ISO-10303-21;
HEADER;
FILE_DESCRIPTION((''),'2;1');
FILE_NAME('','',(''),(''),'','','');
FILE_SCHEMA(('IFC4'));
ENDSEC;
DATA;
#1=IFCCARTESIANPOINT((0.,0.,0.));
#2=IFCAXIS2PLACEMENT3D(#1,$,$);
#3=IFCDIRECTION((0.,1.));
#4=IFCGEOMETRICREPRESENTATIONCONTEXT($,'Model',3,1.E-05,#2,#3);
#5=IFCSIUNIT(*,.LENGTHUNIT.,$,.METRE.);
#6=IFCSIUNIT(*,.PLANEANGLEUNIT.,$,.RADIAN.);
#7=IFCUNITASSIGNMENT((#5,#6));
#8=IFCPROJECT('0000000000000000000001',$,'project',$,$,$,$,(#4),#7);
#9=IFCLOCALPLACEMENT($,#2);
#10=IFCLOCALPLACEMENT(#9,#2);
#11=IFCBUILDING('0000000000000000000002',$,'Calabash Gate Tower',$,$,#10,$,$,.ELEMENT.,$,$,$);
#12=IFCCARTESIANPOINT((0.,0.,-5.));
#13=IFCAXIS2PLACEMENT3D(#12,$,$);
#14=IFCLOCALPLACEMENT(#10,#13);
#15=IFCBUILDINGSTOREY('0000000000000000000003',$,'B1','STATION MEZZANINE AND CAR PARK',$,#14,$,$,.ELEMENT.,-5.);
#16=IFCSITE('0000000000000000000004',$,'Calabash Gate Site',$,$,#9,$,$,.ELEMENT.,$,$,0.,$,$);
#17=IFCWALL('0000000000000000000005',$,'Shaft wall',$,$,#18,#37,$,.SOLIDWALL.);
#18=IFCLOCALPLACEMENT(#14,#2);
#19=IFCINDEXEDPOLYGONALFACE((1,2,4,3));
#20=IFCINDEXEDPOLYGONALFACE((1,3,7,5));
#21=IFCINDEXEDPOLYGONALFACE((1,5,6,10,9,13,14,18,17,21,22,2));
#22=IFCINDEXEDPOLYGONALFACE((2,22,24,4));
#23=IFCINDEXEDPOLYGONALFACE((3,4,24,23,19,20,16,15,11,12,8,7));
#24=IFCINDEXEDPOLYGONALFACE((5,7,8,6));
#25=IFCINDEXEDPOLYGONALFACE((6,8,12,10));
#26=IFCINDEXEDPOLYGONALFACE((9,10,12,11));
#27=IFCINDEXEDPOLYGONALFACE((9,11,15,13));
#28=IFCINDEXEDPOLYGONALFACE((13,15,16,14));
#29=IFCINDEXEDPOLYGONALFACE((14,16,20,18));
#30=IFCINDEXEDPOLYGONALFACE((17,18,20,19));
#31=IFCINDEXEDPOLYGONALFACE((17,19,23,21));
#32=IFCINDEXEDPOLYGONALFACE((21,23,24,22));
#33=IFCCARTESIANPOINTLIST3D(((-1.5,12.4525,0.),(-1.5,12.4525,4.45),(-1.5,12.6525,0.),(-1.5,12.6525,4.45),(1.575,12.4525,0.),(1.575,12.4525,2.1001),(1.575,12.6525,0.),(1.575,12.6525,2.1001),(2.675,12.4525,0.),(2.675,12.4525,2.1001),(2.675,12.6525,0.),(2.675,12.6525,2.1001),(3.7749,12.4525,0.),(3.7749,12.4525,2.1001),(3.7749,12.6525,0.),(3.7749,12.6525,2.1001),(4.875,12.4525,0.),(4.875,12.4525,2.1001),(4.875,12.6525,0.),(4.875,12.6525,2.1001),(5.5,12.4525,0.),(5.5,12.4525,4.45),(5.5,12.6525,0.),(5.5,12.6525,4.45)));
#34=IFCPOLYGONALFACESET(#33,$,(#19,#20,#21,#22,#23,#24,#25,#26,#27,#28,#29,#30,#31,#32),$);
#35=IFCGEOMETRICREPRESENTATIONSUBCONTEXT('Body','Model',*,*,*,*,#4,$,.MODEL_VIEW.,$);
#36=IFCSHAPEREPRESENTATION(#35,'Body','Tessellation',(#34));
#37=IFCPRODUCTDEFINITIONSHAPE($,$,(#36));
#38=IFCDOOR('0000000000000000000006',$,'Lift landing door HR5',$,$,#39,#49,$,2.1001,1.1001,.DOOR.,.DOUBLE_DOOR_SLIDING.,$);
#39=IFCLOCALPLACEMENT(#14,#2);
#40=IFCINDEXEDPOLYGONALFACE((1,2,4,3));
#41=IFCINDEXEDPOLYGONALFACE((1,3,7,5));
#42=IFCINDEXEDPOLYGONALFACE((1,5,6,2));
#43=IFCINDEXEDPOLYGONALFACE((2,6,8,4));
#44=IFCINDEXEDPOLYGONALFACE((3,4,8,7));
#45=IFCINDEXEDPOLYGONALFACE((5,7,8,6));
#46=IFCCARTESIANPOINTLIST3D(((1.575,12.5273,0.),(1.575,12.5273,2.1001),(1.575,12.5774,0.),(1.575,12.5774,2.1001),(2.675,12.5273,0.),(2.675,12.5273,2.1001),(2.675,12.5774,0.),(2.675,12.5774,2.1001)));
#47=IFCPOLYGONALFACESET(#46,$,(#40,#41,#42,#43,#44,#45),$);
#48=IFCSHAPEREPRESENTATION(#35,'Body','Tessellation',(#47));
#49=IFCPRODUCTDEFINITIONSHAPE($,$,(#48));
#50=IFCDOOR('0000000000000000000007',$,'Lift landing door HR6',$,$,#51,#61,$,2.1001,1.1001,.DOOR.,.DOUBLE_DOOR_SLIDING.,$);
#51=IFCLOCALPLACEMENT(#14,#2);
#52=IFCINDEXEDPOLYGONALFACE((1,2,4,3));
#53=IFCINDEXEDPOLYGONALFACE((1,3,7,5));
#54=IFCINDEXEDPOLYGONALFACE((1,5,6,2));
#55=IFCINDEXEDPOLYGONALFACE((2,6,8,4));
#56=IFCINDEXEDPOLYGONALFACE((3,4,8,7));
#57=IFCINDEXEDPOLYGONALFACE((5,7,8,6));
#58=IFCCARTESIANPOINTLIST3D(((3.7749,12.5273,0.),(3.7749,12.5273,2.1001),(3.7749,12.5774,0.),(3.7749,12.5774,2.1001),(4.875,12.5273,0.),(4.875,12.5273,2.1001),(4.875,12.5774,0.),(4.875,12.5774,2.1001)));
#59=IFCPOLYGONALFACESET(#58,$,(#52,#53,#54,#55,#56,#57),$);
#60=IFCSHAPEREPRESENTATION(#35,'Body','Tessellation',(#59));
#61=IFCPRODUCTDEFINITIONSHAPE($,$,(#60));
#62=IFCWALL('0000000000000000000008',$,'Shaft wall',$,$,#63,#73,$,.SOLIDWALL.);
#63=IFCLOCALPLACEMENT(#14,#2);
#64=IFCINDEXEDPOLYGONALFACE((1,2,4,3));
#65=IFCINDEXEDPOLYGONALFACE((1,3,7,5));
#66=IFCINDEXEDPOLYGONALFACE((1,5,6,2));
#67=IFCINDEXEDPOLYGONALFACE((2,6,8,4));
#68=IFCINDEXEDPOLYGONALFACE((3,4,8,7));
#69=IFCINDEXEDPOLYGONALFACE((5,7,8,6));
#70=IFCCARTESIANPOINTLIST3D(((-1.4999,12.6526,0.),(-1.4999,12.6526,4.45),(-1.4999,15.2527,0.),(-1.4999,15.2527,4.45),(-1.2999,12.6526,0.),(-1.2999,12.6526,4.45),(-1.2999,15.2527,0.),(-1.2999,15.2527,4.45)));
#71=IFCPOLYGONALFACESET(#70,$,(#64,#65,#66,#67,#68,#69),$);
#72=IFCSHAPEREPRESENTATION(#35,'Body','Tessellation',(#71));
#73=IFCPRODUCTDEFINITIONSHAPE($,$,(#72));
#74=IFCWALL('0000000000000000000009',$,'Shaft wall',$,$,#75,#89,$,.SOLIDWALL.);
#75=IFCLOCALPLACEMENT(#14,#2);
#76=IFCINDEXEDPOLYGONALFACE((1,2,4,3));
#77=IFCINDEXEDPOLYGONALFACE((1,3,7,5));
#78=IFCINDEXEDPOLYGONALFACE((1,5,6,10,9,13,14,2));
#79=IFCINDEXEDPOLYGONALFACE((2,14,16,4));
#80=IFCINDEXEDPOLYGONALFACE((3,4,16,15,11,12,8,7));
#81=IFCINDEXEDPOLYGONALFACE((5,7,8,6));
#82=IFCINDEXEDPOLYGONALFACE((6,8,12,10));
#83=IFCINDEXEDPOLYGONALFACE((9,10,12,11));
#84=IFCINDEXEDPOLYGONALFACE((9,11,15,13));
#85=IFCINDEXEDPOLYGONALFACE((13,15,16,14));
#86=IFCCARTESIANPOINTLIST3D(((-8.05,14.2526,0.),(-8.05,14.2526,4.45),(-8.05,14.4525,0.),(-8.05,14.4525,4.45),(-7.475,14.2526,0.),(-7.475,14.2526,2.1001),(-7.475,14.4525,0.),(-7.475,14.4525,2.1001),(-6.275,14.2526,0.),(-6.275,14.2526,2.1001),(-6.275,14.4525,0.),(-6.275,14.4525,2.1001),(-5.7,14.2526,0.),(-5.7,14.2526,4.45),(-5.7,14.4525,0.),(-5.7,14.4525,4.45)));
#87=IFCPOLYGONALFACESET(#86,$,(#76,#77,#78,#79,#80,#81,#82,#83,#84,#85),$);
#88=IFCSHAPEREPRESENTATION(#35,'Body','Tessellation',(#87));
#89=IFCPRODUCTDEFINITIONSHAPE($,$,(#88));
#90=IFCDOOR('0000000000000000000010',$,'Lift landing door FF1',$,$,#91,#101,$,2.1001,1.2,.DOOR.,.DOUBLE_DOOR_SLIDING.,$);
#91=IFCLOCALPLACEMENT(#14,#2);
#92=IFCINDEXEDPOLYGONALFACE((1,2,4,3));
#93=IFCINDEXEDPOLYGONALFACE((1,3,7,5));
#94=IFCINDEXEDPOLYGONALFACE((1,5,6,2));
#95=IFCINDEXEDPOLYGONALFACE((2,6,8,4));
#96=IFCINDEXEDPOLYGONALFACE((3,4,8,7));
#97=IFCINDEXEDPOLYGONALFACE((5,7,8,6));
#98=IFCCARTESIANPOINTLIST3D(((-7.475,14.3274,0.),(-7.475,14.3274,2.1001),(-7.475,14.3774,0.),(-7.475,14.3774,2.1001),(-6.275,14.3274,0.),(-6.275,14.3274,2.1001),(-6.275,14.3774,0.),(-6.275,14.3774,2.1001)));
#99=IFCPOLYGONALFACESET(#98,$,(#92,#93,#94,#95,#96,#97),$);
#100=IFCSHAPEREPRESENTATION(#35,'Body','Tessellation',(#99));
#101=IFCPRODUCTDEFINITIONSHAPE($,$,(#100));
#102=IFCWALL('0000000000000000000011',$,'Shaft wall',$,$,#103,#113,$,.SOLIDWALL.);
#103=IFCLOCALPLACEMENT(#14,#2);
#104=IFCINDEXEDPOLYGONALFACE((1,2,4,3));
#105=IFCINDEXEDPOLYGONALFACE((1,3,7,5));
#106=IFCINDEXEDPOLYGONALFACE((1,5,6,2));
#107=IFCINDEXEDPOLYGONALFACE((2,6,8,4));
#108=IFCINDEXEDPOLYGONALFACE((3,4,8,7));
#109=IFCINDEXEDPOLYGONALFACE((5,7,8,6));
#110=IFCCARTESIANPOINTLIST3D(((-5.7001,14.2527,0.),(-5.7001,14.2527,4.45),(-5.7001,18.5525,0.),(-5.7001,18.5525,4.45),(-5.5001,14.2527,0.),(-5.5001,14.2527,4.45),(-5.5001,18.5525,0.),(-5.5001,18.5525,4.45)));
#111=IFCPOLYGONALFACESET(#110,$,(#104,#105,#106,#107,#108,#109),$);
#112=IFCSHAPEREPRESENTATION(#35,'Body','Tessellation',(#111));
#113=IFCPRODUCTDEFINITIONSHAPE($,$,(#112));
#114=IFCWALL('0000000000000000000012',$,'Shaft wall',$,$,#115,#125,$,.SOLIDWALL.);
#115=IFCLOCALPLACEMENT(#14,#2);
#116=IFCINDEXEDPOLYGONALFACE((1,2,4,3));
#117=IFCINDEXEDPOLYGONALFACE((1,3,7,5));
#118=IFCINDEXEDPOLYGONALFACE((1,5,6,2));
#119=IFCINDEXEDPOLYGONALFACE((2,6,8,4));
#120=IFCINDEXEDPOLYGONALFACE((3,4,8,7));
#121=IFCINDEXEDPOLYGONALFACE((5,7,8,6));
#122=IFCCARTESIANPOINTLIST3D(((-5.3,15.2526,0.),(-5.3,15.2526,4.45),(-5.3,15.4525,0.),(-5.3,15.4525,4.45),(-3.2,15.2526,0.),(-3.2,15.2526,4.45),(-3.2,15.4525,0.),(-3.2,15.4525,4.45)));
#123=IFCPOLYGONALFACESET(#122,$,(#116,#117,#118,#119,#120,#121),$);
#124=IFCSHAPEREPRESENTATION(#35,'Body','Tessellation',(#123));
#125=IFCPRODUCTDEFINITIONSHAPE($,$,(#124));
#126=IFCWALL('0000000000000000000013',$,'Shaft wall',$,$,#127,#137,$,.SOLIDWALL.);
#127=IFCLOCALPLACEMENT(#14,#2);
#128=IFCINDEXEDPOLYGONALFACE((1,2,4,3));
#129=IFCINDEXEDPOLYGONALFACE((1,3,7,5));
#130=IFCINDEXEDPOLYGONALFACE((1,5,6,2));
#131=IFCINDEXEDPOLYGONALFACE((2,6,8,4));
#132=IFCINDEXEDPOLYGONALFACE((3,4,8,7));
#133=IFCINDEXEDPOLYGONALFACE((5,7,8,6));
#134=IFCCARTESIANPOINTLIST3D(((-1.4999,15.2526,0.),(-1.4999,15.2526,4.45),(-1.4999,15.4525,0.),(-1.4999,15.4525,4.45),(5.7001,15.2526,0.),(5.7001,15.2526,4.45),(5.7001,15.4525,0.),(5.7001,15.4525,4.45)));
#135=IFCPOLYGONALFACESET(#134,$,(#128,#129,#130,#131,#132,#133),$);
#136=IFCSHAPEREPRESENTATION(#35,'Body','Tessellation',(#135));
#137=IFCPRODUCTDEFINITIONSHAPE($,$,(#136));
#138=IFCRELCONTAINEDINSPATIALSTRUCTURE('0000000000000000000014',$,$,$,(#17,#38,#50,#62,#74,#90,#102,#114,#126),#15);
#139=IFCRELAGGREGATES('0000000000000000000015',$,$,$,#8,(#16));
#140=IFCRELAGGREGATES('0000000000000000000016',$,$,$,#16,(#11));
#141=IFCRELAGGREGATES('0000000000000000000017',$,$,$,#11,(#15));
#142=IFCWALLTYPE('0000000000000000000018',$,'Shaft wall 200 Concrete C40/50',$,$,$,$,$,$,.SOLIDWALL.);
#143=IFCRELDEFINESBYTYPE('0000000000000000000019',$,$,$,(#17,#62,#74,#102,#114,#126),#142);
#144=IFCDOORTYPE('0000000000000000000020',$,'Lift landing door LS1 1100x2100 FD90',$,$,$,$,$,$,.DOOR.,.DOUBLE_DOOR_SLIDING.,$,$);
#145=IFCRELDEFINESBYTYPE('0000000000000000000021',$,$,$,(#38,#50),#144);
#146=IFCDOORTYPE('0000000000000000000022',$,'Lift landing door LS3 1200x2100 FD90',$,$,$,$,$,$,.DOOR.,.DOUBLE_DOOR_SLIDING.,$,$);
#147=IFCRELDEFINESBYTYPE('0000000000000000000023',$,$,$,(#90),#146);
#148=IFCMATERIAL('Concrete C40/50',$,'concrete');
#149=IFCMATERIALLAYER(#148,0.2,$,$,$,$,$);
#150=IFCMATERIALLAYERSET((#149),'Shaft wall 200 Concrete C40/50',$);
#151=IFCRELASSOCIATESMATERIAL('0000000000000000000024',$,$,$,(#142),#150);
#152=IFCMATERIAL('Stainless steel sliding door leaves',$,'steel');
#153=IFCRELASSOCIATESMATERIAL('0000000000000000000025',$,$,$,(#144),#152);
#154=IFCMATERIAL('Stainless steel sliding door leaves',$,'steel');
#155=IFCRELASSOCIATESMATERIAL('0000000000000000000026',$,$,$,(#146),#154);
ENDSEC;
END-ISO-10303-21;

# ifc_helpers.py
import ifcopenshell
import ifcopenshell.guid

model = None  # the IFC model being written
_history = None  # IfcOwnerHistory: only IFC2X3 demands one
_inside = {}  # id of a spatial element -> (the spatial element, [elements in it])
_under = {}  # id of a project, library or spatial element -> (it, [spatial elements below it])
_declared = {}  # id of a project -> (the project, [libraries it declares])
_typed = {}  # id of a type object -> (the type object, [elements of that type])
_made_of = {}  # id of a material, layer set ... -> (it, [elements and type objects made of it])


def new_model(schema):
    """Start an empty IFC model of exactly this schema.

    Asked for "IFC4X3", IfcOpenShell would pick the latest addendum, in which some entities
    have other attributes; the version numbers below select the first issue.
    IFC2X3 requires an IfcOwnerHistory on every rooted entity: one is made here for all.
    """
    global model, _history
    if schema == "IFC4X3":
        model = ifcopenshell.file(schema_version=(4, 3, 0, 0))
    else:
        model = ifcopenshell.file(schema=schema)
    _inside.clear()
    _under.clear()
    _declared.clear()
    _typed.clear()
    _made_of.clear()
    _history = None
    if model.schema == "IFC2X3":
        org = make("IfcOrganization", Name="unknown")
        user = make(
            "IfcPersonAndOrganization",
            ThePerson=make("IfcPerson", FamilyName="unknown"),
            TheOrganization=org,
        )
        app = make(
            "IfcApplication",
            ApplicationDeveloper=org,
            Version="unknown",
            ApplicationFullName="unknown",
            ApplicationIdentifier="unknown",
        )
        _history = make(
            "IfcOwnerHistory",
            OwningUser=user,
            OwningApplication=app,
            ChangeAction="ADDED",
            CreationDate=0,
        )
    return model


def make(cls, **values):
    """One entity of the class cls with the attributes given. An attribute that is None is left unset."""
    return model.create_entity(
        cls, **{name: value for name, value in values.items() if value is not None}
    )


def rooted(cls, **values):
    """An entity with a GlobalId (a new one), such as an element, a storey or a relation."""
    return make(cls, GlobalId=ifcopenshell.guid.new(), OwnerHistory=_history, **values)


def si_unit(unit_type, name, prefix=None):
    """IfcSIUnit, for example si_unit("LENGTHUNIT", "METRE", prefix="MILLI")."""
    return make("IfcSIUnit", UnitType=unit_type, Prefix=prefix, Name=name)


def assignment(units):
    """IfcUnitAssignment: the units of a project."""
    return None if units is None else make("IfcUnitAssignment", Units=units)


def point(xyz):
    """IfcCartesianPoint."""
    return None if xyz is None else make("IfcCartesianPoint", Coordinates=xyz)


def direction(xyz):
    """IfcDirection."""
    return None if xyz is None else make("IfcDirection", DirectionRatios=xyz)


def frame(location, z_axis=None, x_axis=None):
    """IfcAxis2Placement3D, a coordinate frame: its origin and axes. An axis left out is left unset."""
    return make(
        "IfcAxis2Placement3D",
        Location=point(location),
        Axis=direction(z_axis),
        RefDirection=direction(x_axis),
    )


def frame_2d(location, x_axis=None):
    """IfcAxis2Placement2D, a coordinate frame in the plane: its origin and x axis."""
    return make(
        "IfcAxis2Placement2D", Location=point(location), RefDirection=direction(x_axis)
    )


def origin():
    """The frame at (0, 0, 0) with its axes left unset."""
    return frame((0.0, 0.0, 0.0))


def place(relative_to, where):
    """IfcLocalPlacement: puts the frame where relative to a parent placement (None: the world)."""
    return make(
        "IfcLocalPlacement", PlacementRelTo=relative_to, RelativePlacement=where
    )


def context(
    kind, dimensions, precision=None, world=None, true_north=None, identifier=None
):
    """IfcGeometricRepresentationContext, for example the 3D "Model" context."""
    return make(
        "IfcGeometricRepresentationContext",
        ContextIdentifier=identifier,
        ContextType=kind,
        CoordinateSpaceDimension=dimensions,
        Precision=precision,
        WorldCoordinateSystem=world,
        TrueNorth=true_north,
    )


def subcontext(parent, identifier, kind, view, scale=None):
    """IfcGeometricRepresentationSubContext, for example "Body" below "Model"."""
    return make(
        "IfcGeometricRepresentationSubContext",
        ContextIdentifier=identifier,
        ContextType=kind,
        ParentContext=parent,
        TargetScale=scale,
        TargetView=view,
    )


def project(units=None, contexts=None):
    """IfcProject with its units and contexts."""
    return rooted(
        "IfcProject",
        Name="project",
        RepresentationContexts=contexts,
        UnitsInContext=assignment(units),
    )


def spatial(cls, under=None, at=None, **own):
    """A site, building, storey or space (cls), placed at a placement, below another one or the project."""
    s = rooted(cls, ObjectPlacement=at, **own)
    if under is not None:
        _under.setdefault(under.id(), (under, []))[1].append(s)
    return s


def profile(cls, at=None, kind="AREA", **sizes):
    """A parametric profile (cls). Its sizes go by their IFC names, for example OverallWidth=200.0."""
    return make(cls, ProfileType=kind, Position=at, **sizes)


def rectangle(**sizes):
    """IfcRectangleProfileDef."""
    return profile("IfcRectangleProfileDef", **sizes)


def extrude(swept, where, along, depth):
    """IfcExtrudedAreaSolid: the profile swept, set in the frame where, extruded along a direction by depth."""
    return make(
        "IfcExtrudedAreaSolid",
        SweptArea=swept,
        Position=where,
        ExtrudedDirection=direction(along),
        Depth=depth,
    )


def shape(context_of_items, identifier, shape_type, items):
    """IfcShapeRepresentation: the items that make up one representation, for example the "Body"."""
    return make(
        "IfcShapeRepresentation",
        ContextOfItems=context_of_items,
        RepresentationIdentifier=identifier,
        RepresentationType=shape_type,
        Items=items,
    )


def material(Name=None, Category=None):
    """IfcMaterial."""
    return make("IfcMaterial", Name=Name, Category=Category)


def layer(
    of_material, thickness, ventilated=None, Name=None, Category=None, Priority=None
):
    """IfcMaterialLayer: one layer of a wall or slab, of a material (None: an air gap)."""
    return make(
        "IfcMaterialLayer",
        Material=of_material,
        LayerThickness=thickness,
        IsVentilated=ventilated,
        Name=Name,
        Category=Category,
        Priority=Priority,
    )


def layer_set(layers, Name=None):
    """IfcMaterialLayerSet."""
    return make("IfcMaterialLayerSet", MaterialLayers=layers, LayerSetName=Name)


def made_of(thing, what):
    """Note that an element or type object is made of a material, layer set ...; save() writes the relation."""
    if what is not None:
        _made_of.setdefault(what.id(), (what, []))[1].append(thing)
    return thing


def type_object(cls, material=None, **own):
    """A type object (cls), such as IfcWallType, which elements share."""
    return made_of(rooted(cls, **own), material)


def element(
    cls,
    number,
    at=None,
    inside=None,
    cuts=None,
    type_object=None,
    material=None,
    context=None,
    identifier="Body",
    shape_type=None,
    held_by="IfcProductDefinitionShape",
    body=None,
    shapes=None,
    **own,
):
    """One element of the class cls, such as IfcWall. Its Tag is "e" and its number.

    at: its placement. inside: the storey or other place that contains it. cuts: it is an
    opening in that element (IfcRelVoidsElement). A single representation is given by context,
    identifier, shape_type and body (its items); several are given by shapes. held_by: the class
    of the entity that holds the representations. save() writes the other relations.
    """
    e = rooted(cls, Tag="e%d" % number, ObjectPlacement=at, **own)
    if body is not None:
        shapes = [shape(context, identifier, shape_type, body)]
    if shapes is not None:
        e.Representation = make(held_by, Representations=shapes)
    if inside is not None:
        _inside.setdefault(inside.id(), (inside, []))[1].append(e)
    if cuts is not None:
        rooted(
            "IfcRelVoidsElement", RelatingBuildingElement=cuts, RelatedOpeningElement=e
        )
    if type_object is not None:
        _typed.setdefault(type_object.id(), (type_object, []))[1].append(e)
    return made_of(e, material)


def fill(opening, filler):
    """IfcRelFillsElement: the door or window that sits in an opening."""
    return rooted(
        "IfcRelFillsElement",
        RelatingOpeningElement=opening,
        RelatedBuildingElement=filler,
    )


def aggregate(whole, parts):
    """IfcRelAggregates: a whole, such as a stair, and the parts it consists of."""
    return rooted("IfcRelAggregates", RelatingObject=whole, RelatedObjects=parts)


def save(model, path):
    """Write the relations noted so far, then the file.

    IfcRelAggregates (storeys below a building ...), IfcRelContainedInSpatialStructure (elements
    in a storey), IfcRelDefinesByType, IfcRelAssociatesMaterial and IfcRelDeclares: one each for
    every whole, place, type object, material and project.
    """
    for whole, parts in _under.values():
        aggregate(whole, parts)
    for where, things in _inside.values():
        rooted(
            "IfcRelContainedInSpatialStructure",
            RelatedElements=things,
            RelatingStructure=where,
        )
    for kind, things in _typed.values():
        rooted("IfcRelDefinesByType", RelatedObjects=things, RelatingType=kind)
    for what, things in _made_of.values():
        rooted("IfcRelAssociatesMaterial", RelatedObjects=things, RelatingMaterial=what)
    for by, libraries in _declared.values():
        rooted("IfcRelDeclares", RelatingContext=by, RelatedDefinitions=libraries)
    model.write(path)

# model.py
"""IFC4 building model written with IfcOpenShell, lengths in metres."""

from ifc_helpers import new_model, si_unit, direction, frame, frame_2d, origin, place, context, subcontext, project, spatial, rectangle, extrude, material, layer, layer_set, type_object, element, fill, save


model = new_model("IFC4")

# Units and contexts
model_context = context("Model", 3, precision=1e-05, world=origin(), true_north=direction((0.0, 1.0)))
body_context = subcontext(model_context, "Body", "Model", "MODEL_VIEW")
ifc_project = project(units=[si_unit("LENGTHUNIT", "METRE"), si_unit("PLANEANGLEUNIT", "RADIAN")], contexts=[model_context])

# Site, building, storey
site_placement = place(None, origin())
site = spatial("IfcSite", under=ifc_project, at=site_placement, Name="Calabash Gate Site", CompositionType="ELEMENT", RefElevation=0.0)
building_placement = place(site_placement, origin())
building = spatial("IfcBuilding", under=site, at=building_placement, Name="Calabash Gate Tower", CompositionType="ELEMENT")
storey_placement = place(building_placement, frame((0.0, 0.0, -5.0)))
storey = spatial("IfcBuildingStorey", under=building, at=storey_placement, Name="B1", Description="STATION MEZZANINE AND CAR PARK", CompositionType="ELEMENT", Elevation=-5.0)

# Wall, openings, doors
ifc_material_1 = material(Name="Concrete C40/50", Category="concrete")
ifc_layer_1 = layer(ifc_material_1, 0.2)
ifc_layer_set_1 = layer_set([ifc_layer_1], Name="Shaft wall 200 Concrete C40/50")
wall_type_1 = type_object("IfcWallType", Name="Shaft wall 200 Concrete C40/50", PredefinedType="SOLIDWALL", material=ifc_layer_set_1)
wall_1_placement = place(storey_placement, frame((-1.5, 12.5525, 0.0), z_axis=(0.0, 0.0, 1.0), x_axis=(1.0, 0.0, 0.0)))
wall_1 = element("IfcWall", 1, at=wall_1_placement, inside=storey, type_object=wall_type_1, Name="Shaft wall", PredefinedType="SOLIDWALL", context=body_context, shape_type="SweptSolid", body=[
    extrude(rectangle(XDim=7.0, YDim=0.2, at=frame_2d((3.5, 0.0))), origin(), (0.0, 0.0, 1.0), 4.45),
])
opening_1_placement = place(wall_1_placement, frame((3.075, 0.0, 0.0)))
opening_1 = element("IfcOpeningElement", 2, at=opening_1_placement, cuts=wall_1, PredefinedType="OPENING", context=body_context, shape_type="SweptSolid", body=[
    extrude(rectangle(XDim=1.1001, YDim=2.1001, at=frame_2d((0.55, 1.05))), frame((0.0, 0.1099, 0.0), z_axis=(0.0, -1.0, 0.0), x_axis=(1.0, 0.0, 0.0)), (0.0, 0.0, 1.0), 0.22),
])
opening_2_placement = place(wall_1_placement, frame((5.2749, 0.0, 0.0)))
opening_2 = element("IfcOpeningElement", 3, at=opening_2_placement, cuts=wall_1, PredefinedType="OPENING", context=body_context, shape_type="SweptSolid", body=[
    extrude(rectangle(XDim=1.1001, YDim=2.1001, at=frame_2d((0.55, 1.05))), frame((0.0, 0.1099, 0.0), z_axis=(0.0, -1.0, 0.0), x_axis=(1.0, 0.0, 0.0)), (0.0, 0.0, 1.0), 0.22),
])
ifc_material_2 = material(Name="Stainless steel sliding door leaves", Category="steel")
door_type_1 = type_object("IfcDoorType", Name="Lift landing door LS1 1100x2100 FD90", OperationType="DOUBLE_DOOR_SLIDING", PredefinedType="DOOR", material=ifc_material_2)
door_1_placement = place(opening_1_placement, origin())
door_1 = element("IfcDoor", 4, at=door_1_placement, inside=storey, type_object=door_type_1, Name="Lift landing door HR5", OperationType="DOUBLE_DOOR_SLIDING", OverallHeight=2.1001, OverallWidth=1.1001, PredefinedType="DOOR", context=body_context, shape_type="SweptSolid", body=[
    extrude(rectangle(XDim=1.1001, YDim=2.1001, at=frame_2d((0.55, 1.05))), frame((0.0, 0.0249, 0.0), z_axis=(0.0, -1.0, 0.0), x_axis=(1.0, 0.0, 0.0)), (0.0, 0.0, 1.0), 0.05),
])
fill(opening_1, door_1)
door_2_placement = place(opening_2_placement, origin())
door_2 = element("IfcDoor", 5, at=door_2_placement, inside=storey, type_object=door_type_1, Name="Lift landing door HR6", OperationType="DOUBLE_DOOR_SLIDING", OverallHeight=2.1001, OverallWidth=1.1001, PredefinedType="DOOR", context=body_context, shape_type="SweptSolid", body=[
    extrude(rectangle(XDim=1.1001, YDim=2.1001, at=frame_2d((0.55, 1.05))), frame((0.0, 0.0249, 0.0), z_axis=(0.0, -1.0, 0.0), x_axis=(1.0, 0.0, 0.0)), (0.0, 0.0, 1.0), 0.05),
])
fill(opening_2, door_2)

# Wall
wall_2_placement = place(storey_placement, frame((-1.3999, 12.6526, 0.0), z_axis=(0.0, 0.0, 1.0), x_axis=(0.0, 1.0, 0.0)))
element("IfcWall", 6, at=wall_2_placement, inside=storey, type_object=wall_type_1, Name="Shaft wall", PredefinedType="SOLIDWALL", context=body_context, shape_type="SweptSolid", body=[
    extrude(rectangle(XDim=2.6001, YDim=0.2, at=frame_2d((1.3, 0.0))), origin(), (0.0, 0.0, 1.0), 4.45),
])

# Wall, opening, door
wall_3_placement = place(storey_placement, frame((-8.05, 14.3525, 0.0), z_axis=(0.0, 0.0, 1.0), x_axis=(1.0, 0.0, 0.0)))
wall_3 = element("IfcWall", 7, at=wall_3_placement, inside=storey, type_object=wall_type_1, Name="Shaft wall", PredefinedType="SOLIDWALL", context=body_context, shape_type="SweptSolid", body=[
    extrude(rectangle(XDim=2.3501, YDim=0.2, at=frame_2d((1.175, 0.0))), origin(), (0.0, 0.0, 1.0), 4.45),
])
opening_3_placement = place(wall_3_placement, frame((0.575, 0.0, 0.0)))
opening_3 = element("IfcOpeningElement", 8, at=opening_3_placement, cuts=wall_3, PredefinedType="OPENING", context=body_context, shape_type="SweptSolid", body=[
    extrude(rectangle(XDim=1.2, YDim=2.1001, at=frame_2d((0.6001, 1.05))), frame((0.0, 0.1099, 0.0), z_axis=(0.0, -1.0, 0.0), x_axis=(1.0, 0.0, 0.0)), (0.0, 0.0, 1.0), 0.22),
])
ifc_material_3 = material(Name="Stainless steel sliding door leaves", Category="steel")
door_type_2 = type_object("IfcDoorType", Name="Lift landing door LS3 1200x2100 FD90", OperationType="DOUBLE_DOOR_SLIDING", PredefinedType="DOOR", material=ifc_material_3)
door_3_placement = place(opening_3_placement, origin())
door_3 = element("IfcDoor", 9, at=door_3_placement, inside=storey, type_object=door_type_2, Name="Lift landing door FF1", OperationType="DOUBLE_DOOR_SLIDING", OverallHeight=2.1001, OverallWidth=1.2, PredefinedType="DOOR", context=body_context, shape_type="SweptSolid", body=[
    extrude(rectangle(XDim=1.2, YDim=2.1001, at=frame_2d((0.6001, 1.05))), frame((0.0, 0.0249, 0.0), z_axis=(0.0, -1.0, 0.0), x_axis=(1.0, 0.0, 0.0)), (0.0, 0.0, 1.0), 0.05),
])
fill(opening_3, door_3)

# Walls
wall_4_placement = place(storey_placement, frame((-5.6001, 14.2527, 0.0), z_axis=(0.0, 0.0, 1.0), x_axis=(0.0, 1.0, 0.0)))
element("IfcWall", 10, at=wall_4_placement, inside=storey, type_object=wall_type_1, Name="Shaft wall", PredefinedType="SOLIDWALL", context=body_context, shape_type="SweptSolid", body=[
    extrude(rectangle(XDim=4.2998, YDim=0.2, at=frame_2d((2.1499, 0.0))), origin(), (0.0, 0.0, 1.0), 4.45),
])
wall_5_placement = place(storey_placement, frame((-5.3, 15.3525, 0.0), z_axis=(0.0, 0.0, 1.0), x_axis=(1.0, 0.0, 0.0)))
element("IfcWall", 11, at=wall_5_placement, inside=storey, type_object=wall_type_1, Name="Shaft wall", PredefinedType="SOLIDWALL", context=body_context, shape_type="SweptSolid", body=[
    extrude(rectangle(XDim=2.1001, YDim=0.2, at=frame_2d((1.05, 0.0))), origin(), (0.0, 0.0, 1.0), 4.45),
])
wall_6_placement = place(storey_placement, frame((-1.5, 15.3525, 0.0), z_axis=(0.0, 0.0, 1.0), x_axis=(1.0, 0.0, 0.0)))
element("IfcWall", 12, at=wall_6_placement, inside=storey, type_object=wall_type_1, Name="Shaft wall", PredefinedType="SOLIDWALL", context=body_context, shape_type="SweptSolid", body=[
    extrude(rectangle(XDim=7.2, YDim=0.2, at=frame_2d((3.6001, 0.0))), origin(), (0.0, 0.0, 1.0), 4.45),
])

save(model, "model.ifc")
